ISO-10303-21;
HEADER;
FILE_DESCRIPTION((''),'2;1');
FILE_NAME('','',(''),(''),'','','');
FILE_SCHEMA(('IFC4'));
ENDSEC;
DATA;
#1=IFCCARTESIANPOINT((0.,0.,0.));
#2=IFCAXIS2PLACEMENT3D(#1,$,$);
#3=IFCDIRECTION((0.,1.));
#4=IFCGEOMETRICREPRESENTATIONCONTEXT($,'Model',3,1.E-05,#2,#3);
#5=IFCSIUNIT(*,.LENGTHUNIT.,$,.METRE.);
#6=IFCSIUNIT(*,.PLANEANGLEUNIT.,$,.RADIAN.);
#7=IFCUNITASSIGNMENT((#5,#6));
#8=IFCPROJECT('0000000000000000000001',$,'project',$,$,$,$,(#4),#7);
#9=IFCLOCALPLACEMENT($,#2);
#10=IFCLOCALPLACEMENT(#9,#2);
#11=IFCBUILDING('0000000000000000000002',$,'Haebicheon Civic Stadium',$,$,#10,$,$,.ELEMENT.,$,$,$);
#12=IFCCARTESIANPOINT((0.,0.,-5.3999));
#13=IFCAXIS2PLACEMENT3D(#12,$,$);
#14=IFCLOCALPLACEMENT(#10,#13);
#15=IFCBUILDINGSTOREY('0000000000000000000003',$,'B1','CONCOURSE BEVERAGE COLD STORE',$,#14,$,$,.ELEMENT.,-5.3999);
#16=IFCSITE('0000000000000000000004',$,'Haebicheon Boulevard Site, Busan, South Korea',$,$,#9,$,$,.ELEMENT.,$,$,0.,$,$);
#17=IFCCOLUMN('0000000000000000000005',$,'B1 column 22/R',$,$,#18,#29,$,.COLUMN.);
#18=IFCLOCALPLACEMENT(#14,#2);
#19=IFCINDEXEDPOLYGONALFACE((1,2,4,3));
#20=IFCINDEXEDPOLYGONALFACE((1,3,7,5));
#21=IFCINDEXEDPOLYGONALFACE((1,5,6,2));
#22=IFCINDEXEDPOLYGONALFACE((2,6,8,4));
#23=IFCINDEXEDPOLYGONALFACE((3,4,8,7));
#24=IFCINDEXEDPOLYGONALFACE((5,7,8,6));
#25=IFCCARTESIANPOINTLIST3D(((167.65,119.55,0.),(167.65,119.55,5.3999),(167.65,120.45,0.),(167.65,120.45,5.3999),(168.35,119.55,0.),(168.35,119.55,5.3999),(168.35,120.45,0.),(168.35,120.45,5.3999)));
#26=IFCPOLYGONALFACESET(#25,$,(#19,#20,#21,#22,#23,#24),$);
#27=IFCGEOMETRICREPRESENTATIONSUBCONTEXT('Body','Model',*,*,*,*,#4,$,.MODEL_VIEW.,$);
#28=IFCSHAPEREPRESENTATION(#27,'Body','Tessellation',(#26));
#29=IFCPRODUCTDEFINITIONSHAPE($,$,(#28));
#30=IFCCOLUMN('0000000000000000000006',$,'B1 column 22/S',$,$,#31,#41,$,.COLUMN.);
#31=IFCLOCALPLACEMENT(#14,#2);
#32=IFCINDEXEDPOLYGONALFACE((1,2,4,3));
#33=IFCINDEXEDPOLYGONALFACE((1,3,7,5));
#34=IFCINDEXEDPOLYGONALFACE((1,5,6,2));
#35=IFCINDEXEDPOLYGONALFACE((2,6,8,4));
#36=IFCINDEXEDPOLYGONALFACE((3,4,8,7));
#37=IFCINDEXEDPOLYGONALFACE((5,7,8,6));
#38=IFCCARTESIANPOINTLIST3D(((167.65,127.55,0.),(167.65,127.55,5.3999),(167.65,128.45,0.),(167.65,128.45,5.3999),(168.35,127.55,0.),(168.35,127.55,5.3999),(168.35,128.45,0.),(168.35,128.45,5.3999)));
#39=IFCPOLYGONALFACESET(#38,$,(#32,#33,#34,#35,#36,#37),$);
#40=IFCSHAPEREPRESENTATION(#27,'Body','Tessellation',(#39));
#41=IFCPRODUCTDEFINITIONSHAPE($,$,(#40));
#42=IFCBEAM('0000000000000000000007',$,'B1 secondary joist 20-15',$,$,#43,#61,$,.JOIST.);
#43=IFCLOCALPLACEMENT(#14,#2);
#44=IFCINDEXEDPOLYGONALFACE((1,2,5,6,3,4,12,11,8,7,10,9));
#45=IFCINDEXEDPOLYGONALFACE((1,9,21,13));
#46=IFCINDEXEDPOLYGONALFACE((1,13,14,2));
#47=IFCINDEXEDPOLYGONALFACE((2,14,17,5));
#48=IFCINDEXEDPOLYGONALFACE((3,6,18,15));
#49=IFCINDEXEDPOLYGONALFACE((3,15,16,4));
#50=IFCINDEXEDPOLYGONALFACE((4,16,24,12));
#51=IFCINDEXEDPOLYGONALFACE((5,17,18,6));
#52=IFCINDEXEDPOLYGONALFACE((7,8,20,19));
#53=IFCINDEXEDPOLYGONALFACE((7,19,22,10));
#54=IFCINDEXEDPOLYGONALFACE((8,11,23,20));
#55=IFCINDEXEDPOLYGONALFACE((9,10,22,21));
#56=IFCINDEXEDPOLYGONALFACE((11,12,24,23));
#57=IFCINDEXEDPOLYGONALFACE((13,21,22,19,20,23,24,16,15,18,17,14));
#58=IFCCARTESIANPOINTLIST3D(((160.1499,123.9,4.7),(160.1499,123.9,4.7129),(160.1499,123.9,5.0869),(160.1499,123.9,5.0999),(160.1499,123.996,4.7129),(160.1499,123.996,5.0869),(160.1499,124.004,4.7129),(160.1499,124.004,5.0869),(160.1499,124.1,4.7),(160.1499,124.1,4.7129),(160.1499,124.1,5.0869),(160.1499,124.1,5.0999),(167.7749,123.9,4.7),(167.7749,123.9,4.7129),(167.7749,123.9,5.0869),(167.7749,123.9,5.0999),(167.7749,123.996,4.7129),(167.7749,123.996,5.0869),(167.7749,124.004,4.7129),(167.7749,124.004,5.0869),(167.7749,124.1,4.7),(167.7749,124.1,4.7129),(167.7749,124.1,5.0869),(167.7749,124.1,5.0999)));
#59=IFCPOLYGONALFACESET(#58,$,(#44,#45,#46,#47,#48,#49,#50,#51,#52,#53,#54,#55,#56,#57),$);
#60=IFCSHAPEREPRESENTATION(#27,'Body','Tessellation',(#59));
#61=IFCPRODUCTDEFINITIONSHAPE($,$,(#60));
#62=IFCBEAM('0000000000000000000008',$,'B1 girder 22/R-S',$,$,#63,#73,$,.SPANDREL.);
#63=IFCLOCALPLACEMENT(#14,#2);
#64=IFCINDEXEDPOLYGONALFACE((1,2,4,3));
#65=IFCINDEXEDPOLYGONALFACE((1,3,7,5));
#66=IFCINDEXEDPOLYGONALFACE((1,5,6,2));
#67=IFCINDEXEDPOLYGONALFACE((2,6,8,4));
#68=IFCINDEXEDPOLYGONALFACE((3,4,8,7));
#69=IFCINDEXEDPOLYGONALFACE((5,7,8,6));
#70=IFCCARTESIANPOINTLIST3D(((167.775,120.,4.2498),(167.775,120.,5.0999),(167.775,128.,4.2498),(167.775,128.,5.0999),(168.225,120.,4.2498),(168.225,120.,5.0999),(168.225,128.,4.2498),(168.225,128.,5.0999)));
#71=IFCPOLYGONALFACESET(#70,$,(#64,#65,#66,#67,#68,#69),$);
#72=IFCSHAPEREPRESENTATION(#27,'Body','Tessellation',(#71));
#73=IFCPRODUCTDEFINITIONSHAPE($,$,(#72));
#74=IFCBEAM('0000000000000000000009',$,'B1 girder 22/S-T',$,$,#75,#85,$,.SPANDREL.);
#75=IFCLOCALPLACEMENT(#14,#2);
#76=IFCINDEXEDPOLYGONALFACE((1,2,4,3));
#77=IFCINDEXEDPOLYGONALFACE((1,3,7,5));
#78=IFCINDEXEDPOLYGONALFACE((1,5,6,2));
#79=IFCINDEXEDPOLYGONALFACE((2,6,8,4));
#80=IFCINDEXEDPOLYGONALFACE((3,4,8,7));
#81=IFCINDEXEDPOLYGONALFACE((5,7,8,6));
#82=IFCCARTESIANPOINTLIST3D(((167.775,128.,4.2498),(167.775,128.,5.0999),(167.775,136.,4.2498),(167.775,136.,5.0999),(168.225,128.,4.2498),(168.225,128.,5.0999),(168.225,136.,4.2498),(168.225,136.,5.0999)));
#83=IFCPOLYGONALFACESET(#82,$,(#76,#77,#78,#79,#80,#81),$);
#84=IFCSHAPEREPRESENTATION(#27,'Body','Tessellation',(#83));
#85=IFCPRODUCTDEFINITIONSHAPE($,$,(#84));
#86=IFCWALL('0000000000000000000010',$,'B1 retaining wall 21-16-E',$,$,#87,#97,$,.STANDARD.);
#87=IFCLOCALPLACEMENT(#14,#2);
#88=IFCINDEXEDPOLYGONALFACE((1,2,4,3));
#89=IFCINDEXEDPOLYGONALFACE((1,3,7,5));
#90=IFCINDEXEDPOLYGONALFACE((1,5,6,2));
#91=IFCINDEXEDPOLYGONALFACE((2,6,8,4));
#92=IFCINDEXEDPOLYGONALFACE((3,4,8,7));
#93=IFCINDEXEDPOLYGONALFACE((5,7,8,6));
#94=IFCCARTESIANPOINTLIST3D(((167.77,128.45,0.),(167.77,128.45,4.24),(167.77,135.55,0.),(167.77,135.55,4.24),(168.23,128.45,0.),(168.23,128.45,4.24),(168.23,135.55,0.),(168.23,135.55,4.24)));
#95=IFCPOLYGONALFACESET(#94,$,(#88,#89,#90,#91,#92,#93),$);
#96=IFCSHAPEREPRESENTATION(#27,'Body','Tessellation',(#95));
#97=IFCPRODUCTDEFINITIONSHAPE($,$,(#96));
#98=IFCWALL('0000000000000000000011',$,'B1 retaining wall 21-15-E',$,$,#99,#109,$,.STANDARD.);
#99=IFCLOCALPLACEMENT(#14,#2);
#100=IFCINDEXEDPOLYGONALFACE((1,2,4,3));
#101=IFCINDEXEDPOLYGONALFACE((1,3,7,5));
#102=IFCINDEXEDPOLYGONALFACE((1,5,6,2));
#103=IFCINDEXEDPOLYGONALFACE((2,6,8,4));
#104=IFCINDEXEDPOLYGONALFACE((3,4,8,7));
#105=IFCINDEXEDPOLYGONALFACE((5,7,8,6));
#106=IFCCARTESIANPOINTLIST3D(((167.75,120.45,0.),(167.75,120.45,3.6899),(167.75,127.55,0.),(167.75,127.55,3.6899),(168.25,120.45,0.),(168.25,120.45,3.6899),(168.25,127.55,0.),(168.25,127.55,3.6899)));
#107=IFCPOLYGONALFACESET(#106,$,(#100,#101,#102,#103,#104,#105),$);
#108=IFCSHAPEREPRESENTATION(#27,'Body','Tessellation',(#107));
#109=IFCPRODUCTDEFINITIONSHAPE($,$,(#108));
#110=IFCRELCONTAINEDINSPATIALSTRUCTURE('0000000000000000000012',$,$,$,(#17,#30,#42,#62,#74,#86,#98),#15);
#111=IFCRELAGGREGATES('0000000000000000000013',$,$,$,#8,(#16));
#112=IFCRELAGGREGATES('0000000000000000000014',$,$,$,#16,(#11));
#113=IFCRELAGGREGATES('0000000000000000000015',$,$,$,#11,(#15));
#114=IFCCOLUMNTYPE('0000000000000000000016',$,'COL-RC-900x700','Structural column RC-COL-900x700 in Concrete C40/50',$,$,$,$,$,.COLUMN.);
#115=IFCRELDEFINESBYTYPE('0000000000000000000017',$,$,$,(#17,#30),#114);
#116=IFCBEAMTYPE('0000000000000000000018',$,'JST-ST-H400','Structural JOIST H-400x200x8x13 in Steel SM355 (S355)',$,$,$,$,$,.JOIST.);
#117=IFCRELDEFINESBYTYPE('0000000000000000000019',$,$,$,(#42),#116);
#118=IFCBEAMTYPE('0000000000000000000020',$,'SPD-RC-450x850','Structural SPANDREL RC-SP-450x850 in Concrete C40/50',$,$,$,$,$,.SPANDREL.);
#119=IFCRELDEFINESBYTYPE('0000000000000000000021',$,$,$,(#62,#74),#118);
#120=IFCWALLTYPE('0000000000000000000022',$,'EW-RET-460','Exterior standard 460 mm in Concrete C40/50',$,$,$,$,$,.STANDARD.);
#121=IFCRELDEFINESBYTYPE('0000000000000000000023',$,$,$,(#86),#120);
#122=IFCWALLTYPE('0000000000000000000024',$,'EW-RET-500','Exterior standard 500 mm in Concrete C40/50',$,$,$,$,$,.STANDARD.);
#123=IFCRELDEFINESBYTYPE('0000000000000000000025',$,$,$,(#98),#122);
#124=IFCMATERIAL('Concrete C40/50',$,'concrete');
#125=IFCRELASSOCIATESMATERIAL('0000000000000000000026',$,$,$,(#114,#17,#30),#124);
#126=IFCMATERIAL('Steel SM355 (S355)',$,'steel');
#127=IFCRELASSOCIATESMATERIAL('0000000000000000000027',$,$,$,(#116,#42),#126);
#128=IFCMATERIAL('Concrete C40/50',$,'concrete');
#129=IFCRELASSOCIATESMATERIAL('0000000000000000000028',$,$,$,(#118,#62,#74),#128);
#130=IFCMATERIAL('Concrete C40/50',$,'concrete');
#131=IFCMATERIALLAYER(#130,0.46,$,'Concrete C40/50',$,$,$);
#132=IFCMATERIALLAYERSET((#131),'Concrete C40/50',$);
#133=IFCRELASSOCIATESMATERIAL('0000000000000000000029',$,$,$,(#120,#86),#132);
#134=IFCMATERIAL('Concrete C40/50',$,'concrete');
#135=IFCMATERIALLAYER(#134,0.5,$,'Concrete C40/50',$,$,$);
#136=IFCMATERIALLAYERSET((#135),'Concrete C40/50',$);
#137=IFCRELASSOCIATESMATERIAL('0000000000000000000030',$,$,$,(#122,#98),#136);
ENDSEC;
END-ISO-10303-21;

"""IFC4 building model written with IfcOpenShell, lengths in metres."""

from ifc_helpers import new_model, si_unit, direction, frame, frame_2d, origin, origin_2d, place, context, subcontext, project, spatial, rectangle, i_section, extrude, material, layer, layer_set, material_profile, profile_set, type_object, element, save


model = new_model("IFC4")

# Units and contexts
model_context = context("Model", 3, precision=1e-05, world=origin(), true_north=direction((0.0, 1.0)))
body_context = subcontext(model_context, "Body", "Model", "MODEL_VIEW")
ifc_project = project(units=[si_unit("LENGTHUNIT", "METRE"), si_unit("PLANEANGLEUNIT", "RADIAN")], contexts=[model_context])

# Site, building, storey
site_placement = place(None, origin())
site = spatial("IfcSite", under=ifc_project, at=site_placement, Name="Haebicheon Boulevard Site, Busan, South Korea", CompositionType="ELEMENT", RefElevation=0.0)
building_placement = place(site_placement, origin())
building = spatial("IfcBuilding", under=site, at=building_placement, Name="Haebicheon Civic Stadium", CompositionType="ELEMENT")
storey_placement = place(building_placement, frame((0.0, 0.0, -5.3999)))
storey = spatial("IfcBuildingStorey", under=building, at=storey_placement, Name="B1", Description="CONCOURSE BEVERAGE COLD STORE", CompositionType="ELEMENT", Elevation=-5.3999)

# Columns
ifc_material_1 = material(Name="Concrete C40/50", Category="concrete")
ifc_material_profile_1 = material_profile(ifc_material_1, rectangle(XDim=0.7, YDim=0.8999, at=origin_2d()), Name="RC-COL-900x700")
ifc_profile_set_1 = profile_set([ifc_material_profile_1], Name="Concrete C40/50")
column_type = type_object("IfcColumnType", Name="COL-RC-900x700", Description="Structural column RC-COL-900x700 in Concrete C40/50", PredefinedType="COLUMN", material=ifc_profile_set_1)
for number, where, z_axis, x_axis, name in (
    (1, (168.0, 120.0, 0.0), (0.0, 0.0, 1.0), (1.0, 0.0, 0.0), "B1 column 22/R"),
    (2, (168.0, 128.0, 0.0), (0.0, 0.0, 1.0), (1.0, 0.0, 0.0), "B1 column 22/S"),
):
    element("IfcColumn", number, at=place(storey_placement, frame(where, z_axis=z_axis, x_axis=x_axis)), inside=storey, type_object=column_type, material=ifc_profile_set_1, Name=name, PredefinedType="COLUMN", context=body_context, shape_type="SweptSolid", body=[
        extrude(rectangle(XDim=0.7, YDim=0.8999, at=origin_2d()), origin(), (0.0, 0.0, 1.0), 5.3999),
    ])

# Beams
ifc_material_2 = material(Name="Steel SM355 (S355)", Category="steel")
ifc_material_profile_2 = material_profile(ifc_material_2, i_section(OverallWidth=0.2, OverallDepth=0.3999, WebThickness=0.0081, FlangeThickness=0.0129, at=origin_2d()), Name="H-400x200x8x13")
ifc_profile_set_2 = profile_set([ifc_material_profile_2], Name="Steel SM355 (S355)")
beam_type_1 = type_object("IfcBeamType", Name="JST-ST-H400", Description="Structural JOIST H-400x200x8x13 in Steel SM355 (S355)", PredefinedType="JOIST", material=ifc_profile_set_2)
beam_placement = place(storey_placement, frame((160.1499, 124.0, 4.8999), z_axis=(1.0, 0.0, 0.0), x_axis=(0.0, 1.0, 0.0)))
element("IfcBeam", 3, at=beam_placement, inside=storey, type_object=beam_type_1, material=ifc_profile_set_2, Name="B1 secondary joist 20-15", PredefinedType="JOIST", context=body_context, shape_type="SweptSolid", body=[
    extrude(i_section(OverallWidth=0.2, OverallDepth=0.3999, WebThickness=0.0081, FlangeThickness=0.0129, at=origin_2d()), origin(), (0.0, 0.0, 1.0), 7.625),
])
ifc_material_3 = material(Name="Concrete C40/50", Category="concrete")
ifc_material_profile_3 = material_profile(ifc_material_3, rectangle(XDim=0.45, YDim=0.8501, at=origin_2d()), Name="RC-SP-450x850")
ifc_profile_set_3 = profile_set([ifc_material_profile_3], Name="Concrete C40/50")
beam_type_2 = type_object("IfcBeamType", Name="SPD-RC-450x850", Description="Structural SPANDREL RC-SP-450x850 in Concrete C40/50", PredefinedType="SPANDREL", material=ifc_profile_set_3)
for number, where, z_axis, x_axis, name in (
    (4, (168.0, 120.0, 4.6748), (0.0, 1.0, 0.0), (-1.0, 0.0, 0.0), "B1 girder 22/R-S"),
    (5, (168.0, 128.0, 4.6748), (0.0, 1.0, 0.0), (-1.0, 0.0, 0.0), "B1 girder 22/S-T"),
):
    element("IfcBeam", number, at=place(storey_placement, frame(where, z_axis=z_axis, x_axis=x_axis)), inside=storey, type_object=beam_type_2, material=ifc_profile_set_3, Name=name, PredefinedType="SPANDREL", context=body_context, shape_type="SweptSolid", body=[
        extrude(rectangle(XDim=0.45, YDim=0.8501, at=origin_2d()), origin(), (0.0, 0.0, 1.0), 8.0),
    ])

# Walls
ifc_material_4 = material(Name="Concrete C40/50", Category="concrete")
ifc_layer_1 = layer(ifc_material_4, 0.46, Name="Concrete C40/50")
ifc_layer_set_1 = layer_set([ifc_layer_1], Name="Concrete C40/50")
wall_type_1 = type_object("IfcWallType", Name="EW-RET-460", Description="Exterior standard 460 mm in Concrete C40/50", PredefinedType="STANDARD", material=ifc_layer_set_1)
wall_1_placement = place(storey_placement, frame((168.0, 128.45, 0.0), z_axis=(0.0, 0.0, 1.0), x_axis=(0.0, 1.0, 0.0)))
element("IfcWall", 6, at=wall_1_placement, inside=storey, type_object=wall_type_1, material=ifc_layer_set_1, Name="B1 retaining wall 21-16-E", PredefinedType="STANDARD", context=body_context, shape_type="SweptSolid", body=[
    extrude(rectangle(XDim=7.1001, YDim=0.46, at=frame_2d((3.55, 0.0))), origin(), (0.0, 0.0, 1.0), 4.24),
])
ifc_material_5 = material(Name="Concrete C40/50", Category="concrete")
ifc_layer_2 = layer(ifc_material_5, 0.5, Name="Concrete C40/50")
ifc_layer_set_2 = layer_set([ifc_layer_2], Name="Concrete C40/50")
wall_type_2 = type_object("IfcWallType", Name="EW-RET-500", Description="Exterior standard 500 mm in Concrete C40/50", PredefinedType="STANDARD", material=ifc_layer_set_2)
wall_2_placement = place(storey_placement, frame((168.0, 120.45, 0.0), z_axis=(0.0, 0.0, 1.0), x_axis=(0.0, 1.0, 0.0)))
element("IfcWall", 7, at=wall_2_placement, inside=storey, type_object=wall_type_2, material=ifc_layer_set_2, Name="B1 retaining wall 21-15-E", PredefinedType="STANDARD", context=body_context, shape_type="SweptSolid", body=[
    extrude(rectangle(XDim=7.1001, YDim=0.5, at=frame_2d((3.55, 0.0))), origin(), (0.0, 0.0, 1.0), 3.6899),
])

save(model, "model.ifc")
